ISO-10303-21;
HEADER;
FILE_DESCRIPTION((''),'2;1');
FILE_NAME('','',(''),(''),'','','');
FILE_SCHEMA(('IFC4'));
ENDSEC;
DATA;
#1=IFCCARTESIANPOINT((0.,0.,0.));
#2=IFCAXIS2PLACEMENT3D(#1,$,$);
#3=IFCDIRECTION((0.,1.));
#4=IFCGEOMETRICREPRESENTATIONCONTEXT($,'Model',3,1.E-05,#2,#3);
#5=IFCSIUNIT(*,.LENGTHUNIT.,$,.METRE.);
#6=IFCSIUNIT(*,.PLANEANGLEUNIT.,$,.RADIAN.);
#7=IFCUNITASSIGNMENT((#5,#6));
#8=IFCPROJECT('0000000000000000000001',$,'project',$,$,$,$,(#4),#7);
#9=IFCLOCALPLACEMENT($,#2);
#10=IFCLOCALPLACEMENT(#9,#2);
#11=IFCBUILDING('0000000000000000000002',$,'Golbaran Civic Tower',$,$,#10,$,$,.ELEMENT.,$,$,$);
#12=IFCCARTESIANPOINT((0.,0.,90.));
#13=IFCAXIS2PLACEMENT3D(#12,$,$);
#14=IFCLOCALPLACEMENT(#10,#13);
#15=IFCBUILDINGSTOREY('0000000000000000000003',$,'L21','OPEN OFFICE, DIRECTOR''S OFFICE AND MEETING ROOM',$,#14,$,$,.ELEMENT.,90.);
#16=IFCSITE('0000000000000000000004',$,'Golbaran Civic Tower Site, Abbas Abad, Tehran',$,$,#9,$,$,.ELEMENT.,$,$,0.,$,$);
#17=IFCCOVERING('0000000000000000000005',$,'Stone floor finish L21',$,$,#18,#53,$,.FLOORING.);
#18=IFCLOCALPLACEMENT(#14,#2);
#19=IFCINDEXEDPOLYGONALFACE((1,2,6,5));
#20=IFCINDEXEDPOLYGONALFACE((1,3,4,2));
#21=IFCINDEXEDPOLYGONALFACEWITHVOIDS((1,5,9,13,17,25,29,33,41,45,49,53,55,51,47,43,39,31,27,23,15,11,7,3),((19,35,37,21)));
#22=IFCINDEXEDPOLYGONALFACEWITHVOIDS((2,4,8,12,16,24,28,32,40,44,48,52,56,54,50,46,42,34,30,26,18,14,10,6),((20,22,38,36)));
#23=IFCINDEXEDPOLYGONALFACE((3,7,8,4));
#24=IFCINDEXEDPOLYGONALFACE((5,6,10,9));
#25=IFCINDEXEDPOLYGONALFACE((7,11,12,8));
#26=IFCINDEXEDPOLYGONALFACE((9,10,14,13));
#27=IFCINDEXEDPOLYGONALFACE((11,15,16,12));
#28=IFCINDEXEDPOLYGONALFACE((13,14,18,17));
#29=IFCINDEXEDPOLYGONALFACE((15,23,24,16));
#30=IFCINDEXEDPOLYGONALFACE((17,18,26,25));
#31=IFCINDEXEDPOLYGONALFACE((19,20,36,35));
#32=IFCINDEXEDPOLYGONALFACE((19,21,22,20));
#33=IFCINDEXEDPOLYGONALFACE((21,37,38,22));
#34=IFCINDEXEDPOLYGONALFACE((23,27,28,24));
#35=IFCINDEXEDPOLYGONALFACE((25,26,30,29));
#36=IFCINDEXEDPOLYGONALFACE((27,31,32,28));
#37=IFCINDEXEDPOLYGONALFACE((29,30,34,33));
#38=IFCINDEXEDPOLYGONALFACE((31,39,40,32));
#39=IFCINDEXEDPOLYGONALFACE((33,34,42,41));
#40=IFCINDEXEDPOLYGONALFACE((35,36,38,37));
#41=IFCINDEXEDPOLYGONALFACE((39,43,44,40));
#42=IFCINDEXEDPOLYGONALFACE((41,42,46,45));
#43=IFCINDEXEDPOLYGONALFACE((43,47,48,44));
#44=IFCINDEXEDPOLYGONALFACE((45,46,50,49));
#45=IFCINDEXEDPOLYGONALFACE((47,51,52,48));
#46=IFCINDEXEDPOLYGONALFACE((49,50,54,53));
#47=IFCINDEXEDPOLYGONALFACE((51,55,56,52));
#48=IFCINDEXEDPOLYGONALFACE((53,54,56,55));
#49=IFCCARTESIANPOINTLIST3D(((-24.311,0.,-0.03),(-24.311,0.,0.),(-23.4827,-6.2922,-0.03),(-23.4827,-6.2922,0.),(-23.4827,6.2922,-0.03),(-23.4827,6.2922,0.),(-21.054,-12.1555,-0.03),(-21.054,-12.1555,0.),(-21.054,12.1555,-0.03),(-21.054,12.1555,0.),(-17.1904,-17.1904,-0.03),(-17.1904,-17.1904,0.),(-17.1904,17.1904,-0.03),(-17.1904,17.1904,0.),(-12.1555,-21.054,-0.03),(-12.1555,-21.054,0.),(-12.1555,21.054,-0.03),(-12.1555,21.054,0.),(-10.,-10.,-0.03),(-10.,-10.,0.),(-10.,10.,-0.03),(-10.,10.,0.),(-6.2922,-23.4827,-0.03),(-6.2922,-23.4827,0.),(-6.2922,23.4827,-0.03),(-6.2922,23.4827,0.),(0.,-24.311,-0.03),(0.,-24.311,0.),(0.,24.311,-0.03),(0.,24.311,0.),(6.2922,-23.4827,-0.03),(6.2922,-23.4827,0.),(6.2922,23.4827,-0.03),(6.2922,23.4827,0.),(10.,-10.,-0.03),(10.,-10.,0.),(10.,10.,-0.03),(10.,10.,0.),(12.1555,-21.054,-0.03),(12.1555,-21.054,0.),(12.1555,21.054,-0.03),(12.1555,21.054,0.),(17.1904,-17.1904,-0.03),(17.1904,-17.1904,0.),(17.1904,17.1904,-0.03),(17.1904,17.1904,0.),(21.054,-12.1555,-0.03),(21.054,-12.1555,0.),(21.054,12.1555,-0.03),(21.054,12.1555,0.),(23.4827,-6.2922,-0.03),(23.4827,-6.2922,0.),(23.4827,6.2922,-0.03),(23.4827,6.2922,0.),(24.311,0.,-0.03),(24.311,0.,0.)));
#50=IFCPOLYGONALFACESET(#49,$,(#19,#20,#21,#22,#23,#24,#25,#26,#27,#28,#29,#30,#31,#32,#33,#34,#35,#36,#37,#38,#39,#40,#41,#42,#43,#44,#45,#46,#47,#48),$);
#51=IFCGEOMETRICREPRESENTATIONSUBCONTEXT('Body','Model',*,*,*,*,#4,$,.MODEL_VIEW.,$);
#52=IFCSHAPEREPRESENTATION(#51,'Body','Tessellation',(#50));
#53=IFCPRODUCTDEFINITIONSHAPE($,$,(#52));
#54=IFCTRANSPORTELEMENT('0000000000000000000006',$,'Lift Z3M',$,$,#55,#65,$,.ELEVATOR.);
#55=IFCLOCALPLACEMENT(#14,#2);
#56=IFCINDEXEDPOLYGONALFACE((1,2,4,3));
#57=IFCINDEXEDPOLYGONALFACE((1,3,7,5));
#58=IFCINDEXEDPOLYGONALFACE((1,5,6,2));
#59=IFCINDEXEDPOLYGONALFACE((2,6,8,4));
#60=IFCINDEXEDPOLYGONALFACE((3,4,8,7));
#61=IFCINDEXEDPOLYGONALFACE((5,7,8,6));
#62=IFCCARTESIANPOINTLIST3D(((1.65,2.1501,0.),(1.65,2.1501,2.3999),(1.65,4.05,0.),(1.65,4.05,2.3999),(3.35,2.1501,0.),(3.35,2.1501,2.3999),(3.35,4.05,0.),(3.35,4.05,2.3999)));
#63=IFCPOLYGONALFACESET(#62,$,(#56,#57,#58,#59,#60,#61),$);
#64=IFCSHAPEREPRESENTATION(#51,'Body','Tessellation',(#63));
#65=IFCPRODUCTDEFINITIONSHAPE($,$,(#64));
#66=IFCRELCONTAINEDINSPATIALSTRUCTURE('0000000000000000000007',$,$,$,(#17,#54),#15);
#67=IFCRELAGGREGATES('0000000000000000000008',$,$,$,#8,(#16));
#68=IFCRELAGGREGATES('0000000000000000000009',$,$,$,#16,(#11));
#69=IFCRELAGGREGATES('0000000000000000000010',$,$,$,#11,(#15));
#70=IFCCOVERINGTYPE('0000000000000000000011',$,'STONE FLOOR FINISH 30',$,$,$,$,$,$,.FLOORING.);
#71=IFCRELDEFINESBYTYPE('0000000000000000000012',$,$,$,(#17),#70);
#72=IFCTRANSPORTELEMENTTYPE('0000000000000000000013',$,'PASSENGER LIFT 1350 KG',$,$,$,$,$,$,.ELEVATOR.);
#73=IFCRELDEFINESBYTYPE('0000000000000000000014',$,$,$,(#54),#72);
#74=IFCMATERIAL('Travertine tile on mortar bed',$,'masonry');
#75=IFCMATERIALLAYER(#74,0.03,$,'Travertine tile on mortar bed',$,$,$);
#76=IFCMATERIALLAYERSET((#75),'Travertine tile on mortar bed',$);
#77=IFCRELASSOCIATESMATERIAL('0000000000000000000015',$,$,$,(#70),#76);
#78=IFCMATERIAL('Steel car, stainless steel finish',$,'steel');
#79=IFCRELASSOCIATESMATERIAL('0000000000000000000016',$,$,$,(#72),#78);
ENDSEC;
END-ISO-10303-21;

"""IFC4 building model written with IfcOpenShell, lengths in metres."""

from ifc_helpers import new_model, si_unit, direction, frame, origin, origin_2d, place, context, subcontext, project, spatial, polyline, rectangle, outline, extrude, material, layer, layer_set, type_object, element, save


model = new_model("IFC4")

# Units and contexts
model_context = context("Model", 3, precision=1e-05, world=origin(), true_north=direction((0.0, 1.0)))
body_context = subcontext(model_context, "Body", "Model", "MODEL_VIEW")
ifc_project = project(units=[si_unit("LENGTHUNIT", "METRE"), si_unit("PLANEANGLEUNIT", "RADIAN")], contexts=[model_context])

# Site, building, storey
site_placement = place(None, origin())
site = spatial("IfcSite", under=ifc_project, at=site_placement, Name="Golbaran Civic Tower Site, Abbas Abad, Tehran", CompositionType="ELEMENT", RefElevation=0.0)
building_placement = place(site_placement, origin())
building = spatial("IfcBuilding", under=site, at=building_placement, Name="Golbaran Civic Tower", CompositionType="ELEMENT")
storey_placement = place(building_placement, frame((0.0, 0.0, 90.0)))
storey = spatial("IfcBuildingStorey", under=building, at=storey_placement, Name="L21", Description="OPEN OFFICE, DIRECTOR'S OFFICE AND MEETING ROOM", CompositionType="ELEMENT", Elevation=90.0)

# Covering
ifc_material_1 = material(Name="Travertine tile on mortar bed", Category="masonry")
ifc_layer_1 = layer(ifc_material_1, 0.03, Name="Travertine tile on mortar bed")
ifc_layer_set_1 = layer_set([ifc_layer_1], Name="Travertine tile on mortar bed")
covering_type_1 = type_object("IfcCoveringType", Name="STONE FLOOR FINISH 30", PredefinedType="FLOORING", material=ifc_layer_set_1)
covering_1_placement = place(storey_placement, frame((0.0, 0.0, -0.03)))
element("IfcCovering", 1, at=covering_1_placement, inside=storey, type_object=covering_type_1, Name="Stone floor finish L21", PredefinedType="FLOORING", context=body_context, shape_type="SweptSolid", body=[
    extrude(outline(polyline([(-21.054, 12.1555), (-17.1904, 17.1904), (-12.1555, 21.054), (-6.2922, 23.4827), (0.0, 24.311), (6.2922, 23.4827), (12.1555, 21.054), (17.1904, 17.1904), (21.054, 12.1555), (23.4827, 6.2922), (24.311, 0.0), (23.4827, -6.2922), (21.054, -12.1555), (17.1904, -17.1904), (12.1555, -21.054), (6.2922, -23.4827), (0.0, -24.311), (-6.2922, -23.4827), (-12.1555, -21.054), (-17.1904, -17.1904), (-21.054, -12.1555), (-23.4827, -6.2922), (-24.311, 0.0), (-23.4827, 6.2922), (-21.054, 12.1555)]), holes=[polyline([(10.0, -10.0), (10.0, 10.0), (-10.0, 10.0), (-10.0, -10.0), (10.0, -10.0)])]), origin(), (0.0, 0.0, 1.0), 0.03),
])

# Transport element
ifc_material_2 = material(Name="Steel car, stainless steel finish", Category="steel")
transport_element_type = type_object("IfcTransportElementType", Name="PASSENGER LIFT 1350 KG", PredefinedType="ELEVATOR", material=ifc_material_2)
transport_element_placement = place(storey_placement, frame((2.5, 3.1001, 0.0), z_axis=(0.0, 0.0, 1.0), x_axis=(1.0, 0.0, 0.0)))
element("IfcTransportElement", 2, at=transport_element_placement, inside=storey, type_object=transport_element_type, Name="Lift Z3M", PredefinedType="ELEVATOR", context=body_context, shape_type="SweptSolid", body=[
    extrude(rectangle(XDim=1.7, YDim=1.8999, at=origin_2d()), origin(), (0.0, 0.0, 1.0), 2.3999),
])

save(model, "model.ifc")
